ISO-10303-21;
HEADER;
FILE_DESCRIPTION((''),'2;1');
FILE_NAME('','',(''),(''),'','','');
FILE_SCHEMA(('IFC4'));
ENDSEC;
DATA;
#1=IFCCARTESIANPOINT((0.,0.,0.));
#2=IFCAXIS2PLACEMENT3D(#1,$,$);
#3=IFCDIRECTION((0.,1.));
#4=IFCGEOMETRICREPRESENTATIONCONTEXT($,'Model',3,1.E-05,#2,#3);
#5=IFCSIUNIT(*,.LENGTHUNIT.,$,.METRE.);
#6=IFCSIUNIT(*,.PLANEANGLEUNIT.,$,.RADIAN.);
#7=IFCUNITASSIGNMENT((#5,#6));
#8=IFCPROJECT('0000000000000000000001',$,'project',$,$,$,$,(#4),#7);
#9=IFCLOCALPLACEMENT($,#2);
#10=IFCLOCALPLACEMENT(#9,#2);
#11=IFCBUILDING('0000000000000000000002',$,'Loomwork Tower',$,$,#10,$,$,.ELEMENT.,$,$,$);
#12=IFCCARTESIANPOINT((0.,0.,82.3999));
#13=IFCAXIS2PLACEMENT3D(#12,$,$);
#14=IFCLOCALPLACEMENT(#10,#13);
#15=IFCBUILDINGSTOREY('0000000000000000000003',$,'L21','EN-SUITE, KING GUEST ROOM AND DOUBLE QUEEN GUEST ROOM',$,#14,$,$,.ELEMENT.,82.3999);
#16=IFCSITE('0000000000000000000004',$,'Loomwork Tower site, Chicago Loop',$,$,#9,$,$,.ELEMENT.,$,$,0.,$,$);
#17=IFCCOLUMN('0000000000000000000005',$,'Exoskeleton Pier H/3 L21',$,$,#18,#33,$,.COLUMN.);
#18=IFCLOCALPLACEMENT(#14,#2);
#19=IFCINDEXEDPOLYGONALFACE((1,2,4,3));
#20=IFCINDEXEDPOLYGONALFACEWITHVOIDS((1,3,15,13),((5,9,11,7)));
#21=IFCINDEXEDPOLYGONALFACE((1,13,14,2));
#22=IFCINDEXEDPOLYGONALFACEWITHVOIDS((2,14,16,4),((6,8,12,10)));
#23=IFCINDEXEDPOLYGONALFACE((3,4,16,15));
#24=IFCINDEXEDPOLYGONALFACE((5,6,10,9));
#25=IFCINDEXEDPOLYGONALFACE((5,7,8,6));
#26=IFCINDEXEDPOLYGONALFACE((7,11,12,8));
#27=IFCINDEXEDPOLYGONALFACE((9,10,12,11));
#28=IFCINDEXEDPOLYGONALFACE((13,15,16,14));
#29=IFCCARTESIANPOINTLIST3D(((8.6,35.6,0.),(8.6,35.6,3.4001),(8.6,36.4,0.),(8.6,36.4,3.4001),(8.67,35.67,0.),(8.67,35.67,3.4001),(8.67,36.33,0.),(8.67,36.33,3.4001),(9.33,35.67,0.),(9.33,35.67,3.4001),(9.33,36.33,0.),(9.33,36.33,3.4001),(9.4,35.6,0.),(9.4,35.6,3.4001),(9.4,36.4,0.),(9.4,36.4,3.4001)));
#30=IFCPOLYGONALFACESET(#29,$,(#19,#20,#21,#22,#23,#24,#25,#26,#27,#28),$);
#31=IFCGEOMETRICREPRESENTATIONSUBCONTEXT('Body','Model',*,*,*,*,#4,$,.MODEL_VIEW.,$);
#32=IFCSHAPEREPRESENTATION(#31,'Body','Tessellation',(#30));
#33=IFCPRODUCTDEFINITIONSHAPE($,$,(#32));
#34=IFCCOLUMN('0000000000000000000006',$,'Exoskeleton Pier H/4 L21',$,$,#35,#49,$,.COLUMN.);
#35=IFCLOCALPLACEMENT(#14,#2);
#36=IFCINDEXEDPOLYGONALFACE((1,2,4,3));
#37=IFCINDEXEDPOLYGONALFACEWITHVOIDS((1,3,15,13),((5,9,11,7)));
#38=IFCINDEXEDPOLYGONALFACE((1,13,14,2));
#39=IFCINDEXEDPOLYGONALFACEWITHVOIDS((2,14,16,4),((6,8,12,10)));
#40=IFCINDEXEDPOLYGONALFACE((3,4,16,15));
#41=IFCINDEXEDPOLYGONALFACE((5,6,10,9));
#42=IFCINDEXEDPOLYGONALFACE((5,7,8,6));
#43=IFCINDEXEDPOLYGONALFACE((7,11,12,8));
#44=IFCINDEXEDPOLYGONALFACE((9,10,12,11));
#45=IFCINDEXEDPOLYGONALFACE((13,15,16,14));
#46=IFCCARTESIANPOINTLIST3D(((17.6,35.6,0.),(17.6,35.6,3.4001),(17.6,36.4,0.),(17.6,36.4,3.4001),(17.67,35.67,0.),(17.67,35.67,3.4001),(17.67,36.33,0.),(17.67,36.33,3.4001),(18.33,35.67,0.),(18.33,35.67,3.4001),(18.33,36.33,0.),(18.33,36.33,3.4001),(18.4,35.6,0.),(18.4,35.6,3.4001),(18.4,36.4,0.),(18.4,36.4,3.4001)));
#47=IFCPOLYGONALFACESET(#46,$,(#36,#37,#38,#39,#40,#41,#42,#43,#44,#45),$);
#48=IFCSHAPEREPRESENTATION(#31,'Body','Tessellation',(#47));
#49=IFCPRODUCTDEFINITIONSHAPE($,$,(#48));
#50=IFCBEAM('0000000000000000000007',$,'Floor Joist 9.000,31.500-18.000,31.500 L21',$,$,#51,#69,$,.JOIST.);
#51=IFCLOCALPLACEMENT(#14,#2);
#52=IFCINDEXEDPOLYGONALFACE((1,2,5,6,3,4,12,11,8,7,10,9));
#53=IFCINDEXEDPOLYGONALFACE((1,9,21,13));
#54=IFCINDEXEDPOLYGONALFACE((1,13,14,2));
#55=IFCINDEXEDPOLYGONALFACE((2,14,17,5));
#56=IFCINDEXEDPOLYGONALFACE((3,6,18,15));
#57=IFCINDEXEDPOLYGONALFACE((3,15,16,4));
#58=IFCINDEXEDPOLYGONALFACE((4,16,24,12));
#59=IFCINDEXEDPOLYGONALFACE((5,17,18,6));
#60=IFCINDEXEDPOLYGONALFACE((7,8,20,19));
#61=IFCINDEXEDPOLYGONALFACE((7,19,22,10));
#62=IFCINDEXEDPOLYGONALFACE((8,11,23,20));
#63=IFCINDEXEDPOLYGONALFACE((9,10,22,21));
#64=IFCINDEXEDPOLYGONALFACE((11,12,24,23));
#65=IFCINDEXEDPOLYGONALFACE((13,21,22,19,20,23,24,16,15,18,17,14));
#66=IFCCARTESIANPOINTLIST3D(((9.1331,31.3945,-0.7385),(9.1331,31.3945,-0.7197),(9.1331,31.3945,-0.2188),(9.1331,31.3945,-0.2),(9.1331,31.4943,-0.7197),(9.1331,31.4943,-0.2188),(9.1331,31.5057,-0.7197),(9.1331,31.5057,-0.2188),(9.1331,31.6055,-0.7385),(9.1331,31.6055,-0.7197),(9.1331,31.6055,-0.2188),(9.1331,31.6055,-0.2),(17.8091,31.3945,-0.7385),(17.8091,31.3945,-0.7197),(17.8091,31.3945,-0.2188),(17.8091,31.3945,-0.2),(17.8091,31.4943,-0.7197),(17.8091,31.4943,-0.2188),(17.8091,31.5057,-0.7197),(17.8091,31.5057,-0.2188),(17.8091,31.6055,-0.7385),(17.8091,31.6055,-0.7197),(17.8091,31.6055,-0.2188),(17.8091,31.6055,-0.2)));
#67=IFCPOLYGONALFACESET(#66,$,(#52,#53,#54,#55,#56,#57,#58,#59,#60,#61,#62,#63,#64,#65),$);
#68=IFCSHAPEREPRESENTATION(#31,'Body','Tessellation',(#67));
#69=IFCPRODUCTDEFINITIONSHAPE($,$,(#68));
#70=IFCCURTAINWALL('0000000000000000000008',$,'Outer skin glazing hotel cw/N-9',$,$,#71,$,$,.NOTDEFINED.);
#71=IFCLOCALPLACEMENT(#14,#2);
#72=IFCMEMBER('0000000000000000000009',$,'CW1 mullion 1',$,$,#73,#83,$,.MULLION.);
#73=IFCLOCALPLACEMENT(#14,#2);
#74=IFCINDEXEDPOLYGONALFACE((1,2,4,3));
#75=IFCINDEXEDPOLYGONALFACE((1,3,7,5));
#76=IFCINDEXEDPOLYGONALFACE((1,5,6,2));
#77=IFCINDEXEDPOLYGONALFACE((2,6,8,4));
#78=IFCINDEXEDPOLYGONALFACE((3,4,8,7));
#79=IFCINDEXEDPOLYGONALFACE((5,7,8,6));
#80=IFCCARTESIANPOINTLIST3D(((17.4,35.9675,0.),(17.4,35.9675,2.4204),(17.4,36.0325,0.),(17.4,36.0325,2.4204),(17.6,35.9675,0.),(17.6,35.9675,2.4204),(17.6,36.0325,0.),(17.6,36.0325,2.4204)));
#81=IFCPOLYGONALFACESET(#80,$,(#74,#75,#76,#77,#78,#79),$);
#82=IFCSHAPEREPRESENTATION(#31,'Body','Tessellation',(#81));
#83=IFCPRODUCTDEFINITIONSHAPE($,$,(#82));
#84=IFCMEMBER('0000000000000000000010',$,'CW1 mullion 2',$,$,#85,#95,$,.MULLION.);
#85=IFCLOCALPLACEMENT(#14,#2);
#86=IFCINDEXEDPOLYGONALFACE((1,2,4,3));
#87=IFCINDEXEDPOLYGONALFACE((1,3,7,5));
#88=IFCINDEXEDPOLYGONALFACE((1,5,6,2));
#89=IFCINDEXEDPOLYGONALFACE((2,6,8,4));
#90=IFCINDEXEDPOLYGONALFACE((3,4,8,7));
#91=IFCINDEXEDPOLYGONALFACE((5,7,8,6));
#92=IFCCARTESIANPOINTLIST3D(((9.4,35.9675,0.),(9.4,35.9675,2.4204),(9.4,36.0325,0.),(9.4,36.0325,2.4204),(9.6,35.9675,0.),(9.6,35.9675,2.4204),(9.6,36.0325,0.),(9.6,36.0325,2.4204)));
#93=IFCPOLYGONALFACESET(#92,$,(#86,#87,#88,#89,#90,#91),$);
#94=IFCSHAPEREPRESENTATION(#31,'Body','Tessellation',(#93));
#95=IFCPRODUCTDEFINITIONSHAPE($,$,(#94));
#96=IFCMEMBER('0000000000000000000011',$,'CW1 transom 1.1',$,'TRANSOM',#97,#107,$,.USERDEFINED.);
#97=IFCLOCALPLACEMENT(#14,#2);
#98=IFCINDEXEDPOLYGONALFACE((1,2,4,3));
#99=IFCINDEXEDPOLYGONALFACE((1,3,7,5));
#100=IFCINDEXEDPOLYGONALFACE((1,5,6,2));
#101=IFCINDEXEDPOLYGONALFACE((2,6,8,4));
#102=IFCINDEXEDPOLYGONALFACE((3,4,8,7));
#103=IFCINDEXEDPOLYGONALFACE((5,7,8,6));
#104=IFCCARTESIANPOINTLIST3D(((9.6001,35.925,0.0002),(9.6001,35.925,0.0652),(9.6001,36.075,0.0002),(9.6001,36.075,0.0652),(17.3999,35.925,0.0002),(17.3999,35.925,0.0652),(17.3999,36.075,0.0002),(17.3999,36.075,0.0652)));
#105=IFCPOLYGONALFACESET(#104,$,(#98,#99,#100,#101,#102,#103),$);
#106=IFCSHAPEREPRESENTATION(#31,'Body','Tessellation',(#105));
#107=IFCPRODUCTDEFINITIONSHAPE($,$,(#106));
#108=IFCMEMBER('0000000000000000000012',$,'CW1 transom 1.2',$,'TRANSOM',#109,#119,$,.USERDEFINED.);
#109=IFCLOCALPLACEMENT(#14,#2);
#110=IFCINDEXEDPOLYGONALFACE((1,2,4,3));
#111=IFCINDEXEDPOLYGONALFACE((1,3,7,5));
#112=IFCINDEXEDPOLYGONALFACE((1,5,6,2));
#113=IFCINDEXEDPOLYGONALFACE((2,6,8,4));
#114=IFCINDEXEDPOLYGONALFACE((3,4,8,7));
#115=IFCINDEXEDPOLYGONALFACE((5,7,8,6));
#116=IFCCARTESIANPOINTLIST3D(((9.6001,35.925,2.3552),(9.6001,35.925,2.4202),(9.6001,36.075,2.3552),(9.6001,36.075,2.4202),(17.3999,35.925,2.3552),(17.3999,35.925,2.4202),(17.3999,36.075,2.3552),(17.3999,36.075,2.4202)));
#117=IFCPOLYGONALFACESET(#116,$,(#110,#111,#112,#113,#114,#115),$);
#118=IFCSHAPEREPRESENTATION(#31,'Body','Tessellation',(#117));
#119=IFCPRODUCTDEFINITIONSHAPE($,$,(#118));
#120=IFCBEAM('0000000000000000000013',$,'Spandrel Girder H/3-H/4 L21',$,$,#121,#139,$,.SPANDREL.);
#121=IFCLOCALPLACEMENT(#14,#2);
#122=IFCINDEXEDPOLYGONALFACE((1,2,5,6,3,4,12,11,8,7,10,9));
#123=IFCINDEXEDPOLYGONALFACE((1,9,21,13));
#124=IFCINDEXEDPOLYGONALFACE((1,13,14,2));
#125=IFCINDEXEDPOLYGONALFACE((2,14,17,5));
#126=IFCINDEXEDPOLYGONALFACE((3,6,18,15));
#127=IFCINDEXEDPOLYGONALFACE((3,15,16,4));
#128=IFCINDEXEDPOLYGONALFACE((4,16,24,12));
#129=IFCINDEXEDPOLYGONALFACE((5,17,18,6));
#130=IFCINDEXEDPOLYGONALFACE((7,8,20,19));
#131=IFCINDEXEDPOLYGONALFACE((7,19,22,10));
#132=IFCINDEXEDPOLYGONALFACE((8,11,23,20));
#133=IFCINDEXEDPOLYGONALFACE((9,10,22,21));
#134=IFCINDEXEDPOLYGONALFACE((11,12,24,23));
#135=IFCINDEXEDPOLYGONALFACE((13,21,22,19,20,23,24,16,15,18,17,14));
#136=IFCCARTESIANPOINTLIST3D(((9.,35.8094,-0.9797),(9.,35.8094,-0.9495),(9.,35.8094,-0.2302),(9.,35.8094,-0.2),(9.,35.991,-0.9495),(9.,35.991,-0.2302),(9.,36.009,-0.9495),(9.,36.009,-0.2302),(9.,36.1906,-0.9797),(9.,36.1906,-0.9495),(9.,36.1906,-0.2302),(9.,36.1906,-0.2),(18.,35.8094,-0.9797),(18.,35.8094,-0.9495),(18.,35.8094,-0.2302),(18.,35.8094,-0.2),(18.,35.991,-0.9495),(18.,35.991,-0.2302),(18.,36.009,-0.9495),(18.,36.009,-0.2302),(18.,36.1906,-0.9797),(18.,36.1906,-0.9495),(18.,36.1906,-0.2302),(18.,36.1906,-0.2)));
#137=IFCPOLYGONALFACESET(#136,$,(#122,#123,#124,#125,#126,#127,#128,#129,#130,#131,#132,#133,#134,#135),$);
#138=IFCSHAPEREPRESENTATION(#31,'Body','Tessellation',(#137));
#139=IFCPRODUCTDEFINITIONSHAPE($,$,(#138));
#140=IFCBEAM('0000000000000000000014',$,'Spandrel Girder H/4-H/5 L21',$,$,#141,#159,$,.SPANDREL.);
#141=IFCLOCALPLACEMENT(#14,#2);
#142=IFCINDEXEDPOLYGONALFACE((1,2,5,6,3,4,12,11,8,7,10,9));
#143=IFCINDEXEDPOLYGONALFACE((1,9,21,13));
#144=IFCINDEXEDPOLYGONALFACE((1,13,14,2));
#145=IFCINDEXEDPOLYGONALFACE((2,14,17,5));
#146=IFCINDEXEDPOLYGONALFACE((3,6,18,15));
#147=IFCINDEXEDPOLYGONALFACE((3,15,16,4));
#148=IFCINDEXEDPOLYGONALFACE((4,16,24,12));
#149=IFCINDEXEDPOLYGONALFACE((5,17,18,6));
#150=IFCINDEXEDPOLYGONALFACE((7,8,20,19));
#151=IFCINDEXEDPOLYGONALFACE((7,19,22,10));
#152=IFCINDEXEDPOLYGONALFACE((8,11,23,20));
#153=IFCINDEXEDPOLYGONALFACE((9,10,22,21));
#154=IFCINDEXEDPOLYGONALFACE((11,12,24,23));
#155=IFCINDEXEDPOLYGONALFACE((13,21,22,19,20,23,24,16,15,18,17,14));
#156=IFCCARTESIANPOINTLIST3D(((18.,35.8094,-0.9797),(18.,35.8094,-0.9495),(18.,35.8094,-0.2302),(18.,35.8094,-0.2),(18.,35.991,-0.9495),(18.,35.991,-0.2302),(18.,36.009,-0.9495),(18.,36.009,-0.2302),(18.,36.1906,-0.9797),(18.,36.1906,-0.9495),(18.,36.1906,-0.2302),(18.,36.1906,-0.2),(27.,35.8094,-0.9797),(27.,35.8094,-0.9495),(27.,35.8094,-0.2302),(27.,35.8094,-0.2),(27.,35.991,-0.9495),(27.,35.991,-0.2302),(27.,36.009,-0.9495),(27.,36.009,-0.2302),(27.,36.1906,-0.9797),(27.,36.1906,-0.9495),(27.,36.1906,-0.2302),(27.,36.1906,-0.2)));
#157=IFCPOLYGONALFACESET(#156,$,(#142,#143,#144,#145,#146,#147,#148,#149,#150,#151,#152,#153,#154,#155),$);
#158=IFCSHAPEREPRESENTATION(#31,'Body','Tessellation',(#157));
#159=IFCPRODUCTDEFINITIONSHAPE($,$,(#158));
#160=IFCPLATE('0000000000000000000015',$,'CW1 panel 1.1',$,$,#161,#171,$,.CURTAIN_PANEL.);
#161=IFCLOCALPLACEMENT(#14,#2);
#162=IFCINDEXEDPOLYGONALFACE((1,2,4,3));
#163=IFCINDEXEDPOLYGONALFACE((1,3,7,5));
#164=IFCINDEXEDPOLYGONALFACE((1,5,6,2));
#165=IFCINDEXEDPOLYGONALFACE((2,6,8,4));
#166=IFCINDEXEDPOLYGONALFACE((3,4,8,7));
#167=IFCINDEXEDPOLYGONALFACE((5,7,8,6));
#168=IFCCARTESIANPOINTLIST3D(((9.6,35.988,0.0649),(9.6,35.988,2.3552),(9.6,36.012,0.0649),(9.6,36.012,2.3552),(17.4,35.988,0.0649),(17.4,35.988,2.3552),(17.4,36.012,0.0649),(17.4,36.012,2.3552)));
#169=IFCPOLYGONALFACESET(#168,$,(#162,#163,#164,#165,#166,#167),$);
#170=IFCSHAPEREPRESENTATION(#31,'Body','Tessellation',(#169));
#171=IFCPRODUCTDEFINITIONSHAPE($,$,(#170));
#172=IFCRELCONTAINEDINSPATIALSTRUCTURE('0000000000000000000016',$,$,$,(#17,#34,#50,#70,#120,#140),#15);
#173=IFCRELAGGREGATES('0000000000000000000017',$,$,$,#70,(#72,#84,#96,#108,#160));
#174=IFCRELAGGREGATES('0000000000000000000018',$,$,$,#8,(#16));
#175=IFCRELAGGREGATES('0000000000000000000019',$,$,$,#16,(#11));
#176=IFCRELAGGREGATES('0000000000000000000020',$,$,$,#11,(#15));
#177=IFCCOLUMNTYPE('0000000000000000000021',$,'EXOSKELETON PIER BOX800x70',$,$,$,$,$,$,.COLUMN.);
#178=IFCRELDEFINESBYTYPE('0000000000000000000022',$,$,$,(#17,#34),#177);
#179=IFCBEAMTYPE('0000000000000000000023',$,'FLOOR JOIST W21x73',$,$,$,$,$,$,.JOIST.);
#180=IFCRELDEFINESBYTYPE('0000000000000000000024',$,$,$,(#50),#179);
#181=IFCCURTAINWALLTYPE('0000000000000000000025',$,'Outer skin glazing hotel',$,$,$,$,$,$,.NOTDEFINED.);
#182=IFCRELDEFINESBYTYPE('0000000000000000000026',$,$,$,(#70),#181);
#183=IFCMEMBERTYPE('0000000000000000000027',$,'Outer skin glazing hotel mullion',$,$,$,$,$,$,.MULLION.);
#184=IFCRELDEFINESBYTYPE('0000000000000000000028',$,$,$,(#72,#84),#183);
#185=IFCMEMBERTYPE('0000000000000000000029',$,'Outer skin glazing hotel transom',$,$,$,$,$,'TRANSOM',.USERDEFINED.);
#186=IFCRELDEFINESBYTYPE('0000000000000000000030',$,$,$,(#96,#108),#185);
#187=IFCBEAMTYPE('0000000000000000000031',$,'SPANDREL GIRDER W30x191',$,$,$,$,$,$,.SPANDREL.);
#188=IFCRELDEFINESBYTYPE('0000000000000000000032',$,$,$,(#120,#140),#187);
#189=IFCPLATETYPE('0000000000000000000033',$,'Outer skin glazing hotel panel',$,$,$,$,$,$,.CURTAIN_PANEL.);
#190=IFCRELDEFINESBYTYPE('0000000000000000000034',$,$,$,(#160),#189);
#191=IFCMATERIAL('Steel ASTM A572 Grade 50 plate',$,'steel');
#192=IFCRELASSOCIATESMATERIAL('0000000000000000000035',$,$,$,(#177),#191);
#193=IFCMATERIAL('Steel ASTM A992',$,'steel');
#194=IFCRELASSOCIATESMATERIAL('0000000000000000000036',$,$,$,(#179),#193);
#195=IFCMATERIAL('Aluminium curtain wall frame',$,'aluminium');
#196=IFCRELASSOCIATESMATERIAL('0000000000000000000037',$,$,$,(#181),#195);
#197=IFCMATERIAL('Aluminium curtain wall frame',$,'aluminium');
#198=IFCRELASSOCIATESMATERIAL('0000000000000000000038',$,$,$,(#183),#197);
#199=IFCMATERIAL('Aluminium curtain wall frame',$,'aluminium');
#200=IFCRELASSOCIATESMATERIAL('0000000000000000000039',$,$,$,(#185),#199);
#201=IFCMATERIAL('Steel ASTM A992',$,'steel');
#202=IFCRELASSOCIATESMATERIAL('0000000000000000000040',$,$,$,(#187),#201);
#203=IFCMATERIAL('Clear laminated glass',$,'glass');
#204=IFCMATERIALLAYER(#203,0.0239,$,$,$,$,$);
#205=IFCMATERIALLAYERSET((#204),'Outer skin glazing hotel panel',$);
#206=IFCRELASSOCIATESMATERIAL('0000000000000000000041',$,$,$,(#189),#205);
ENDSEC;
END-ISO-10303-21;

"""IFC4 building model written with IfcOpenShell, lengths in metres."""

from ifc_helpers import new_model, si_unit, direction, frame, origin, origin_2d, place, context, subcontext, project, spatial, rectangle, hollow_rectangle, i_section, extrude, material, layer, layer_set, material_profile, profile_set, type_object, element, aggregate, save


model = new_model("IFC4")

# Units and contexts
model_context = context("Model", 3, precision=1e-05, world=origin(), true_north=direction((0.0, 1.0)))
body_context = subcontext(model_context, "Body", "Model", "MODEL_VIEW")
ifc_project = project(units=[si_unit("LENGTHUNIT", "METRE"), si_unit("PLANEANGLEUNIT", "RADIAN")], contexts=[model_context])

# Site, building, storey
site_placement = place(None, origin())
site = spatial("IfcSite", under=ifc_project, at=site_placement, Name="Loomwork Tower site, Chicago Loop", CompositionType="ELEMENT", RefElevation=0.0)
building_placement = place(site_placement, origin())
building = spatial("IfcBuilding", under=site, at=building_placement, Name="Loomwork Tower", CompositionType="ELEMENT")
storey_placement = place(building_placement, frame((0.0, 0.0, 82.3999)))
storey = spatial("IfcBuildingStorey", under=building, at=storey_placement, Name="L21", Description="EN-SUITE, KING GUEST ROOM AND DOUBLE QUEEN GUEST ROOM", CompositionType="ELEMENT", Elevation=82.3999)

# Columns
ifc_material_1 = material(Name="Steel ASTM A572 Grade 50 plate", Category="steel")
ifc_material_profile_1 = material_profile(ifc_material_1, hollow_rectangle(XDim=0.8, YDim=0.8, WallThickness=0.0701, at=origin_2d()), Name="BOX800x70")
ifc_profile_set_1 = profile_set([ifc_material_profile_1], Name="Steel ASTM A572 Grade 50 plate")
column_type = type_object("IfcColumnType", Name="EXOSKELETON PIER BOX800x70", PredefinedType="COLUMN", material=ifc_profile_set_1)
for number, where, z_axis, x_axis, name in (
    (1, (9.0, 36.0, 0.0), (0.0, 0.0, 1.0), (1.0, 0.0, 0.0), "Exoskeleton Pier H/3 L21"),
    (2, (18.0, 36.0, 0.0), (0.0, 0.0, 1.0), (1.0, 0.0, 0.0), "Exoskeleton Pier H/4 L21"),
):
    element("IfcColumn", number, at=place(storey_placement, frame(where, z_axis=z_axis, x_axis=x_axis)), inside=storey, type_object=column_type, Name=name, PredefinedType="COLUMN", context=body_context, shape_type="SweptSolid", body=[
        extrude(hollow_rectangle(XDim=0.8, YDim=0.8, WallThickness=0.0701, at=origin_2d()), origin(), (0.0, 0.0, 1.0), 3.4001),
    ])

# Beam
ifc_material_2 = material(Name="Steel ASTM A992", Category="steel")
ifc_material_profile_2 = material_profile(ifc_material_2, i_section(OverallWidth=0.2109, OverallDepth=0.5386, WebThickness=0.0115, FlangeThickness=0.0188, at=origin_2d()), Name="W21x73")
ifc_profile_set_2 = profile_set([ifc_material_profile_2], Name="Steel ASTM A992")
beam_type_1 = type_object("IfcBeamType", Name="FLOOR JOIST W21x73", PredefinedType="JOIST", material=ifc_profile_set_2)
beam_placement = place(storey_placement, frame((9.1331, 31.5, -0.4692), z_axis=(1.0, 0.0, 0.0), x_axis=(0.0, 1.0, 0.0)))
element("IfcBeam", 3, at=beam_placement, inside=storey, type_object=beam_type_1, Name="Floor Joist 9.000,31.500-18.000,31.500 L21", PredefinedType="JOIST", context=body_context, shape_type="SweptSolid", body=[
    extrude(i_section(OverallWidth=0.2109, OverallDepth=0.5386, WebThickness=0.0115, FlangeThickness=0.0188, at=origin_2d()), origin(), (0.0, 0.0, 1.0), 8.676),
])

# Curtain wall, members
ifc_material_3 = material(Name="Aluminium curtain wall frame", Category="aluminium")
curtain_wall_type = type_object("IfcCurtainWallType", Name="Outer skin glazing hotel", PredefinedType="NOTDEFINED", material=ifc_material_3)
curtain_wall_placement = place(storey_placement, origin())
curtain_wall = element("IfcCurtainWall", 4, at=curtain_wall_placement, inside=storey, type_object=curtain_wall_type, Name="Outer skin glazing hotel cw/N-9", PredefinedType="NOTDEFINED")
ifc_material_4 = material(Name="Aluminium curtain wall frame", Category="aluminium")
ifc_material_profile_3 = material_profile(ifc_material_4, rectangle(XDim=0.0649, YDim=0.2, at=origin_2d()), Name="AL 65x200")
ifc_profile_set_3 = profile_set([ifc_material_profile_3], Name="Aluminium curtain wall frame")
member_type_1 = type_object("IfcMemberType", Name="Outer skin glazing hotel mullion", PredefinedType="MULLION", material=ifc_profile_set_3)
member_1_placement = place(storey_placement, frame((17.5, 36.0, 0.0), z_axis=(0.0, 0.0, 1.0), x_axis=(0.0, -1.0, 0.0)))
member_1 = element("IfcMember", 5, at=member_1_placement, type_object=member_type_1, Name="CW1 mullion 1", PredefinedType="MULLION", context=body_context, shape_type="SweptSolid", body=[
    extrude(rectangle(XDim=0.0649, YDim=0.2, at=origin_2d()), origin(), (0.0, 0.0, 1.0), 2.4204),
])
member_2_placement = place(storey_placement, frame((9.5, 36.0, 0.0), z_axis=(0.0, 0.0, 1.0), x_axis=(0.0, -1.0, 0.0)))
member_2 = element("IfcMember", 6, at=member_2_placement, type_object=member_type_1, Name="CW1 mullion 2", PredefinedType="MULLION", context=body_context, shape_type="SweptSolid", body=[
    extrude(rectangle(XDim=0.0649, YDim=0.2, at=origin_2d()), origin(), (0.0, 0.0, 1.0), 2.4204),
])
ifc_material_5 = material(Name="Aluminium curtain wall frame", Category="aluminium")
ifc_material_profile_4 = material_profile(ifc_material_5, rectangle(XDim=0.1499, YDim=0.0649, at=origin_2d()), Name="AL 65x150")
ifc_profile_set_4 = profile_set([ifc_material_profile_4], Name="Aluminium curtain wall frame")
member_type_2 = type_object("IfcMemberType", Name="Outer skin glazing hotel transom", ElementType="TRANSOM", PredefinedType="USERDEFINED", material=ifc_profile_set_4)
member_3_placement = place(storey_placement, frame((17.3999, 36.0, 0.0327), z_axis=(-1.0, 0.0, 0.0), x_axis=(0.0, -1.0, 0.0)))
member_3 = element("IfcMember", 7, at=member_3_placement, type_object=member_type_2, Name="CW1 transom 1.1", ObjectType="TRANSOM", PredefinedType="USERDEFINED", context=body_context, shape_type="SweptSolid", body=[
    extrude(rectangle(XDim=0.1499, YDim=0.0649, at=origin_2d()), origin(), (0.0, 0.0, 1.0), 7.7998),
])
member_4_placement = place(storey_placement, frame((17.3999, 36.0, 2.3877), z_axis=(-1.0, 0.0, 0.0), x_axis=(0.0, -1.0, 0.0)))
member_4 = element("IfcMember", 8, at=member_4_placement, type_object=member_type_2, Name="CW1 transom 1.2", ObjectType="TRANSOM", PredefinedType="USERDEFINED", context=body_context, shape_type="SweptSolid", body=[
    extrude(rectangle(XDim=0.1499, YDim=0.0649, at=origin_2d()), origin(), (0.0, 0.0, 1.0), 7.7998),
])

# Beams
ifc_material_6 = material(Name="Steel ASTM A992", Category="steel")
ifc_material_profile_5 = material_profile(ifc_material_6, i_section(OverallWidth=0.3811, OverallDepth=0.7798, WebThickness=0.0181, FlangeThickness=0.0303, at=origin_2d()), Name="W30x191")
ifc_profile_set_5 = profile_set([ifc_material_profile_5], Name="Steel ASTM A992")
beam_type_2 = type_object("IfcBeamType", Name="SPANDREL GIRDER W30x191", PredefinedType="SPANDREL", material=ifc_profile_set_5)
for number, where, z_axis, x_axis, name in (
    (9, (9.0, 36.0, -0.5898), (1.0, 0.0, 0.0), (0.0, 1.0, 0.0), "Spandrel Girder H/3-H/4 L21"),
    (10, (18.0, 36.0, -0.5898), (1.0, 0.0, 0.0), (0.0, 1.0, 0.0), "Spandrel Girder H/4-H/5 L21"),
):
    element("IfcBeam", number, at=place(storey_placement, frame(where, z_axis=z_axis, x_axis=x_axis)), inside=storey, type_object=beam_type_2, Name=name, PredefinedType="SPANDREL", context=body_context, shape_type="SweptSolid", body=[
        extrude(i_section(OverallWidth=0.3811, OverallDepth=0.7798, WebThickness=0.0181, FlangeThickness=0.0303, at=origin_2d()), origin(), (0.0, 0.0, 1.0), 9.0),
    ])

# Plate
ifc_material_7 = material(Name="Clear laminated glass", Category="glass")
ifc_layer_1 = layer(ifc_material_7, 0.0239)
ifc_layer_set_1 = layer_set([ifc_layer_1], Name="Outer skin glazing hotel panel")
plate_type = type_object("IfcPlateType", Name="Outer skin glazing hotel panel", PredefinedType="CURTAIN_PANEL", material=ifc_layer_set_1)
plate_placement = place(storey_placement, frame((13.5, 36.0, 0.0649), z_axis=(0.0, 0.0, 1.0), x_axis=(-1.0, 0.0, 0.0)))
plate = element("IfcPlate", 11, at=plate_placement, type_object=plate_type, Name="CW1 panel 1.1", PredefinedType="CURTAIN_PANEL", context=body_context, shape_type="SweptSolid", body=[
    extrude(rectangle(XDim=7.8, YDim=0.0239, at=origin_2d()), origin(), (0.0, 0.0, 1.0), 2.2903),
])
aggregate(curtain_wall, [member_1, member_2, member_3, member_4, plate])

save(model, "model.ifc")
